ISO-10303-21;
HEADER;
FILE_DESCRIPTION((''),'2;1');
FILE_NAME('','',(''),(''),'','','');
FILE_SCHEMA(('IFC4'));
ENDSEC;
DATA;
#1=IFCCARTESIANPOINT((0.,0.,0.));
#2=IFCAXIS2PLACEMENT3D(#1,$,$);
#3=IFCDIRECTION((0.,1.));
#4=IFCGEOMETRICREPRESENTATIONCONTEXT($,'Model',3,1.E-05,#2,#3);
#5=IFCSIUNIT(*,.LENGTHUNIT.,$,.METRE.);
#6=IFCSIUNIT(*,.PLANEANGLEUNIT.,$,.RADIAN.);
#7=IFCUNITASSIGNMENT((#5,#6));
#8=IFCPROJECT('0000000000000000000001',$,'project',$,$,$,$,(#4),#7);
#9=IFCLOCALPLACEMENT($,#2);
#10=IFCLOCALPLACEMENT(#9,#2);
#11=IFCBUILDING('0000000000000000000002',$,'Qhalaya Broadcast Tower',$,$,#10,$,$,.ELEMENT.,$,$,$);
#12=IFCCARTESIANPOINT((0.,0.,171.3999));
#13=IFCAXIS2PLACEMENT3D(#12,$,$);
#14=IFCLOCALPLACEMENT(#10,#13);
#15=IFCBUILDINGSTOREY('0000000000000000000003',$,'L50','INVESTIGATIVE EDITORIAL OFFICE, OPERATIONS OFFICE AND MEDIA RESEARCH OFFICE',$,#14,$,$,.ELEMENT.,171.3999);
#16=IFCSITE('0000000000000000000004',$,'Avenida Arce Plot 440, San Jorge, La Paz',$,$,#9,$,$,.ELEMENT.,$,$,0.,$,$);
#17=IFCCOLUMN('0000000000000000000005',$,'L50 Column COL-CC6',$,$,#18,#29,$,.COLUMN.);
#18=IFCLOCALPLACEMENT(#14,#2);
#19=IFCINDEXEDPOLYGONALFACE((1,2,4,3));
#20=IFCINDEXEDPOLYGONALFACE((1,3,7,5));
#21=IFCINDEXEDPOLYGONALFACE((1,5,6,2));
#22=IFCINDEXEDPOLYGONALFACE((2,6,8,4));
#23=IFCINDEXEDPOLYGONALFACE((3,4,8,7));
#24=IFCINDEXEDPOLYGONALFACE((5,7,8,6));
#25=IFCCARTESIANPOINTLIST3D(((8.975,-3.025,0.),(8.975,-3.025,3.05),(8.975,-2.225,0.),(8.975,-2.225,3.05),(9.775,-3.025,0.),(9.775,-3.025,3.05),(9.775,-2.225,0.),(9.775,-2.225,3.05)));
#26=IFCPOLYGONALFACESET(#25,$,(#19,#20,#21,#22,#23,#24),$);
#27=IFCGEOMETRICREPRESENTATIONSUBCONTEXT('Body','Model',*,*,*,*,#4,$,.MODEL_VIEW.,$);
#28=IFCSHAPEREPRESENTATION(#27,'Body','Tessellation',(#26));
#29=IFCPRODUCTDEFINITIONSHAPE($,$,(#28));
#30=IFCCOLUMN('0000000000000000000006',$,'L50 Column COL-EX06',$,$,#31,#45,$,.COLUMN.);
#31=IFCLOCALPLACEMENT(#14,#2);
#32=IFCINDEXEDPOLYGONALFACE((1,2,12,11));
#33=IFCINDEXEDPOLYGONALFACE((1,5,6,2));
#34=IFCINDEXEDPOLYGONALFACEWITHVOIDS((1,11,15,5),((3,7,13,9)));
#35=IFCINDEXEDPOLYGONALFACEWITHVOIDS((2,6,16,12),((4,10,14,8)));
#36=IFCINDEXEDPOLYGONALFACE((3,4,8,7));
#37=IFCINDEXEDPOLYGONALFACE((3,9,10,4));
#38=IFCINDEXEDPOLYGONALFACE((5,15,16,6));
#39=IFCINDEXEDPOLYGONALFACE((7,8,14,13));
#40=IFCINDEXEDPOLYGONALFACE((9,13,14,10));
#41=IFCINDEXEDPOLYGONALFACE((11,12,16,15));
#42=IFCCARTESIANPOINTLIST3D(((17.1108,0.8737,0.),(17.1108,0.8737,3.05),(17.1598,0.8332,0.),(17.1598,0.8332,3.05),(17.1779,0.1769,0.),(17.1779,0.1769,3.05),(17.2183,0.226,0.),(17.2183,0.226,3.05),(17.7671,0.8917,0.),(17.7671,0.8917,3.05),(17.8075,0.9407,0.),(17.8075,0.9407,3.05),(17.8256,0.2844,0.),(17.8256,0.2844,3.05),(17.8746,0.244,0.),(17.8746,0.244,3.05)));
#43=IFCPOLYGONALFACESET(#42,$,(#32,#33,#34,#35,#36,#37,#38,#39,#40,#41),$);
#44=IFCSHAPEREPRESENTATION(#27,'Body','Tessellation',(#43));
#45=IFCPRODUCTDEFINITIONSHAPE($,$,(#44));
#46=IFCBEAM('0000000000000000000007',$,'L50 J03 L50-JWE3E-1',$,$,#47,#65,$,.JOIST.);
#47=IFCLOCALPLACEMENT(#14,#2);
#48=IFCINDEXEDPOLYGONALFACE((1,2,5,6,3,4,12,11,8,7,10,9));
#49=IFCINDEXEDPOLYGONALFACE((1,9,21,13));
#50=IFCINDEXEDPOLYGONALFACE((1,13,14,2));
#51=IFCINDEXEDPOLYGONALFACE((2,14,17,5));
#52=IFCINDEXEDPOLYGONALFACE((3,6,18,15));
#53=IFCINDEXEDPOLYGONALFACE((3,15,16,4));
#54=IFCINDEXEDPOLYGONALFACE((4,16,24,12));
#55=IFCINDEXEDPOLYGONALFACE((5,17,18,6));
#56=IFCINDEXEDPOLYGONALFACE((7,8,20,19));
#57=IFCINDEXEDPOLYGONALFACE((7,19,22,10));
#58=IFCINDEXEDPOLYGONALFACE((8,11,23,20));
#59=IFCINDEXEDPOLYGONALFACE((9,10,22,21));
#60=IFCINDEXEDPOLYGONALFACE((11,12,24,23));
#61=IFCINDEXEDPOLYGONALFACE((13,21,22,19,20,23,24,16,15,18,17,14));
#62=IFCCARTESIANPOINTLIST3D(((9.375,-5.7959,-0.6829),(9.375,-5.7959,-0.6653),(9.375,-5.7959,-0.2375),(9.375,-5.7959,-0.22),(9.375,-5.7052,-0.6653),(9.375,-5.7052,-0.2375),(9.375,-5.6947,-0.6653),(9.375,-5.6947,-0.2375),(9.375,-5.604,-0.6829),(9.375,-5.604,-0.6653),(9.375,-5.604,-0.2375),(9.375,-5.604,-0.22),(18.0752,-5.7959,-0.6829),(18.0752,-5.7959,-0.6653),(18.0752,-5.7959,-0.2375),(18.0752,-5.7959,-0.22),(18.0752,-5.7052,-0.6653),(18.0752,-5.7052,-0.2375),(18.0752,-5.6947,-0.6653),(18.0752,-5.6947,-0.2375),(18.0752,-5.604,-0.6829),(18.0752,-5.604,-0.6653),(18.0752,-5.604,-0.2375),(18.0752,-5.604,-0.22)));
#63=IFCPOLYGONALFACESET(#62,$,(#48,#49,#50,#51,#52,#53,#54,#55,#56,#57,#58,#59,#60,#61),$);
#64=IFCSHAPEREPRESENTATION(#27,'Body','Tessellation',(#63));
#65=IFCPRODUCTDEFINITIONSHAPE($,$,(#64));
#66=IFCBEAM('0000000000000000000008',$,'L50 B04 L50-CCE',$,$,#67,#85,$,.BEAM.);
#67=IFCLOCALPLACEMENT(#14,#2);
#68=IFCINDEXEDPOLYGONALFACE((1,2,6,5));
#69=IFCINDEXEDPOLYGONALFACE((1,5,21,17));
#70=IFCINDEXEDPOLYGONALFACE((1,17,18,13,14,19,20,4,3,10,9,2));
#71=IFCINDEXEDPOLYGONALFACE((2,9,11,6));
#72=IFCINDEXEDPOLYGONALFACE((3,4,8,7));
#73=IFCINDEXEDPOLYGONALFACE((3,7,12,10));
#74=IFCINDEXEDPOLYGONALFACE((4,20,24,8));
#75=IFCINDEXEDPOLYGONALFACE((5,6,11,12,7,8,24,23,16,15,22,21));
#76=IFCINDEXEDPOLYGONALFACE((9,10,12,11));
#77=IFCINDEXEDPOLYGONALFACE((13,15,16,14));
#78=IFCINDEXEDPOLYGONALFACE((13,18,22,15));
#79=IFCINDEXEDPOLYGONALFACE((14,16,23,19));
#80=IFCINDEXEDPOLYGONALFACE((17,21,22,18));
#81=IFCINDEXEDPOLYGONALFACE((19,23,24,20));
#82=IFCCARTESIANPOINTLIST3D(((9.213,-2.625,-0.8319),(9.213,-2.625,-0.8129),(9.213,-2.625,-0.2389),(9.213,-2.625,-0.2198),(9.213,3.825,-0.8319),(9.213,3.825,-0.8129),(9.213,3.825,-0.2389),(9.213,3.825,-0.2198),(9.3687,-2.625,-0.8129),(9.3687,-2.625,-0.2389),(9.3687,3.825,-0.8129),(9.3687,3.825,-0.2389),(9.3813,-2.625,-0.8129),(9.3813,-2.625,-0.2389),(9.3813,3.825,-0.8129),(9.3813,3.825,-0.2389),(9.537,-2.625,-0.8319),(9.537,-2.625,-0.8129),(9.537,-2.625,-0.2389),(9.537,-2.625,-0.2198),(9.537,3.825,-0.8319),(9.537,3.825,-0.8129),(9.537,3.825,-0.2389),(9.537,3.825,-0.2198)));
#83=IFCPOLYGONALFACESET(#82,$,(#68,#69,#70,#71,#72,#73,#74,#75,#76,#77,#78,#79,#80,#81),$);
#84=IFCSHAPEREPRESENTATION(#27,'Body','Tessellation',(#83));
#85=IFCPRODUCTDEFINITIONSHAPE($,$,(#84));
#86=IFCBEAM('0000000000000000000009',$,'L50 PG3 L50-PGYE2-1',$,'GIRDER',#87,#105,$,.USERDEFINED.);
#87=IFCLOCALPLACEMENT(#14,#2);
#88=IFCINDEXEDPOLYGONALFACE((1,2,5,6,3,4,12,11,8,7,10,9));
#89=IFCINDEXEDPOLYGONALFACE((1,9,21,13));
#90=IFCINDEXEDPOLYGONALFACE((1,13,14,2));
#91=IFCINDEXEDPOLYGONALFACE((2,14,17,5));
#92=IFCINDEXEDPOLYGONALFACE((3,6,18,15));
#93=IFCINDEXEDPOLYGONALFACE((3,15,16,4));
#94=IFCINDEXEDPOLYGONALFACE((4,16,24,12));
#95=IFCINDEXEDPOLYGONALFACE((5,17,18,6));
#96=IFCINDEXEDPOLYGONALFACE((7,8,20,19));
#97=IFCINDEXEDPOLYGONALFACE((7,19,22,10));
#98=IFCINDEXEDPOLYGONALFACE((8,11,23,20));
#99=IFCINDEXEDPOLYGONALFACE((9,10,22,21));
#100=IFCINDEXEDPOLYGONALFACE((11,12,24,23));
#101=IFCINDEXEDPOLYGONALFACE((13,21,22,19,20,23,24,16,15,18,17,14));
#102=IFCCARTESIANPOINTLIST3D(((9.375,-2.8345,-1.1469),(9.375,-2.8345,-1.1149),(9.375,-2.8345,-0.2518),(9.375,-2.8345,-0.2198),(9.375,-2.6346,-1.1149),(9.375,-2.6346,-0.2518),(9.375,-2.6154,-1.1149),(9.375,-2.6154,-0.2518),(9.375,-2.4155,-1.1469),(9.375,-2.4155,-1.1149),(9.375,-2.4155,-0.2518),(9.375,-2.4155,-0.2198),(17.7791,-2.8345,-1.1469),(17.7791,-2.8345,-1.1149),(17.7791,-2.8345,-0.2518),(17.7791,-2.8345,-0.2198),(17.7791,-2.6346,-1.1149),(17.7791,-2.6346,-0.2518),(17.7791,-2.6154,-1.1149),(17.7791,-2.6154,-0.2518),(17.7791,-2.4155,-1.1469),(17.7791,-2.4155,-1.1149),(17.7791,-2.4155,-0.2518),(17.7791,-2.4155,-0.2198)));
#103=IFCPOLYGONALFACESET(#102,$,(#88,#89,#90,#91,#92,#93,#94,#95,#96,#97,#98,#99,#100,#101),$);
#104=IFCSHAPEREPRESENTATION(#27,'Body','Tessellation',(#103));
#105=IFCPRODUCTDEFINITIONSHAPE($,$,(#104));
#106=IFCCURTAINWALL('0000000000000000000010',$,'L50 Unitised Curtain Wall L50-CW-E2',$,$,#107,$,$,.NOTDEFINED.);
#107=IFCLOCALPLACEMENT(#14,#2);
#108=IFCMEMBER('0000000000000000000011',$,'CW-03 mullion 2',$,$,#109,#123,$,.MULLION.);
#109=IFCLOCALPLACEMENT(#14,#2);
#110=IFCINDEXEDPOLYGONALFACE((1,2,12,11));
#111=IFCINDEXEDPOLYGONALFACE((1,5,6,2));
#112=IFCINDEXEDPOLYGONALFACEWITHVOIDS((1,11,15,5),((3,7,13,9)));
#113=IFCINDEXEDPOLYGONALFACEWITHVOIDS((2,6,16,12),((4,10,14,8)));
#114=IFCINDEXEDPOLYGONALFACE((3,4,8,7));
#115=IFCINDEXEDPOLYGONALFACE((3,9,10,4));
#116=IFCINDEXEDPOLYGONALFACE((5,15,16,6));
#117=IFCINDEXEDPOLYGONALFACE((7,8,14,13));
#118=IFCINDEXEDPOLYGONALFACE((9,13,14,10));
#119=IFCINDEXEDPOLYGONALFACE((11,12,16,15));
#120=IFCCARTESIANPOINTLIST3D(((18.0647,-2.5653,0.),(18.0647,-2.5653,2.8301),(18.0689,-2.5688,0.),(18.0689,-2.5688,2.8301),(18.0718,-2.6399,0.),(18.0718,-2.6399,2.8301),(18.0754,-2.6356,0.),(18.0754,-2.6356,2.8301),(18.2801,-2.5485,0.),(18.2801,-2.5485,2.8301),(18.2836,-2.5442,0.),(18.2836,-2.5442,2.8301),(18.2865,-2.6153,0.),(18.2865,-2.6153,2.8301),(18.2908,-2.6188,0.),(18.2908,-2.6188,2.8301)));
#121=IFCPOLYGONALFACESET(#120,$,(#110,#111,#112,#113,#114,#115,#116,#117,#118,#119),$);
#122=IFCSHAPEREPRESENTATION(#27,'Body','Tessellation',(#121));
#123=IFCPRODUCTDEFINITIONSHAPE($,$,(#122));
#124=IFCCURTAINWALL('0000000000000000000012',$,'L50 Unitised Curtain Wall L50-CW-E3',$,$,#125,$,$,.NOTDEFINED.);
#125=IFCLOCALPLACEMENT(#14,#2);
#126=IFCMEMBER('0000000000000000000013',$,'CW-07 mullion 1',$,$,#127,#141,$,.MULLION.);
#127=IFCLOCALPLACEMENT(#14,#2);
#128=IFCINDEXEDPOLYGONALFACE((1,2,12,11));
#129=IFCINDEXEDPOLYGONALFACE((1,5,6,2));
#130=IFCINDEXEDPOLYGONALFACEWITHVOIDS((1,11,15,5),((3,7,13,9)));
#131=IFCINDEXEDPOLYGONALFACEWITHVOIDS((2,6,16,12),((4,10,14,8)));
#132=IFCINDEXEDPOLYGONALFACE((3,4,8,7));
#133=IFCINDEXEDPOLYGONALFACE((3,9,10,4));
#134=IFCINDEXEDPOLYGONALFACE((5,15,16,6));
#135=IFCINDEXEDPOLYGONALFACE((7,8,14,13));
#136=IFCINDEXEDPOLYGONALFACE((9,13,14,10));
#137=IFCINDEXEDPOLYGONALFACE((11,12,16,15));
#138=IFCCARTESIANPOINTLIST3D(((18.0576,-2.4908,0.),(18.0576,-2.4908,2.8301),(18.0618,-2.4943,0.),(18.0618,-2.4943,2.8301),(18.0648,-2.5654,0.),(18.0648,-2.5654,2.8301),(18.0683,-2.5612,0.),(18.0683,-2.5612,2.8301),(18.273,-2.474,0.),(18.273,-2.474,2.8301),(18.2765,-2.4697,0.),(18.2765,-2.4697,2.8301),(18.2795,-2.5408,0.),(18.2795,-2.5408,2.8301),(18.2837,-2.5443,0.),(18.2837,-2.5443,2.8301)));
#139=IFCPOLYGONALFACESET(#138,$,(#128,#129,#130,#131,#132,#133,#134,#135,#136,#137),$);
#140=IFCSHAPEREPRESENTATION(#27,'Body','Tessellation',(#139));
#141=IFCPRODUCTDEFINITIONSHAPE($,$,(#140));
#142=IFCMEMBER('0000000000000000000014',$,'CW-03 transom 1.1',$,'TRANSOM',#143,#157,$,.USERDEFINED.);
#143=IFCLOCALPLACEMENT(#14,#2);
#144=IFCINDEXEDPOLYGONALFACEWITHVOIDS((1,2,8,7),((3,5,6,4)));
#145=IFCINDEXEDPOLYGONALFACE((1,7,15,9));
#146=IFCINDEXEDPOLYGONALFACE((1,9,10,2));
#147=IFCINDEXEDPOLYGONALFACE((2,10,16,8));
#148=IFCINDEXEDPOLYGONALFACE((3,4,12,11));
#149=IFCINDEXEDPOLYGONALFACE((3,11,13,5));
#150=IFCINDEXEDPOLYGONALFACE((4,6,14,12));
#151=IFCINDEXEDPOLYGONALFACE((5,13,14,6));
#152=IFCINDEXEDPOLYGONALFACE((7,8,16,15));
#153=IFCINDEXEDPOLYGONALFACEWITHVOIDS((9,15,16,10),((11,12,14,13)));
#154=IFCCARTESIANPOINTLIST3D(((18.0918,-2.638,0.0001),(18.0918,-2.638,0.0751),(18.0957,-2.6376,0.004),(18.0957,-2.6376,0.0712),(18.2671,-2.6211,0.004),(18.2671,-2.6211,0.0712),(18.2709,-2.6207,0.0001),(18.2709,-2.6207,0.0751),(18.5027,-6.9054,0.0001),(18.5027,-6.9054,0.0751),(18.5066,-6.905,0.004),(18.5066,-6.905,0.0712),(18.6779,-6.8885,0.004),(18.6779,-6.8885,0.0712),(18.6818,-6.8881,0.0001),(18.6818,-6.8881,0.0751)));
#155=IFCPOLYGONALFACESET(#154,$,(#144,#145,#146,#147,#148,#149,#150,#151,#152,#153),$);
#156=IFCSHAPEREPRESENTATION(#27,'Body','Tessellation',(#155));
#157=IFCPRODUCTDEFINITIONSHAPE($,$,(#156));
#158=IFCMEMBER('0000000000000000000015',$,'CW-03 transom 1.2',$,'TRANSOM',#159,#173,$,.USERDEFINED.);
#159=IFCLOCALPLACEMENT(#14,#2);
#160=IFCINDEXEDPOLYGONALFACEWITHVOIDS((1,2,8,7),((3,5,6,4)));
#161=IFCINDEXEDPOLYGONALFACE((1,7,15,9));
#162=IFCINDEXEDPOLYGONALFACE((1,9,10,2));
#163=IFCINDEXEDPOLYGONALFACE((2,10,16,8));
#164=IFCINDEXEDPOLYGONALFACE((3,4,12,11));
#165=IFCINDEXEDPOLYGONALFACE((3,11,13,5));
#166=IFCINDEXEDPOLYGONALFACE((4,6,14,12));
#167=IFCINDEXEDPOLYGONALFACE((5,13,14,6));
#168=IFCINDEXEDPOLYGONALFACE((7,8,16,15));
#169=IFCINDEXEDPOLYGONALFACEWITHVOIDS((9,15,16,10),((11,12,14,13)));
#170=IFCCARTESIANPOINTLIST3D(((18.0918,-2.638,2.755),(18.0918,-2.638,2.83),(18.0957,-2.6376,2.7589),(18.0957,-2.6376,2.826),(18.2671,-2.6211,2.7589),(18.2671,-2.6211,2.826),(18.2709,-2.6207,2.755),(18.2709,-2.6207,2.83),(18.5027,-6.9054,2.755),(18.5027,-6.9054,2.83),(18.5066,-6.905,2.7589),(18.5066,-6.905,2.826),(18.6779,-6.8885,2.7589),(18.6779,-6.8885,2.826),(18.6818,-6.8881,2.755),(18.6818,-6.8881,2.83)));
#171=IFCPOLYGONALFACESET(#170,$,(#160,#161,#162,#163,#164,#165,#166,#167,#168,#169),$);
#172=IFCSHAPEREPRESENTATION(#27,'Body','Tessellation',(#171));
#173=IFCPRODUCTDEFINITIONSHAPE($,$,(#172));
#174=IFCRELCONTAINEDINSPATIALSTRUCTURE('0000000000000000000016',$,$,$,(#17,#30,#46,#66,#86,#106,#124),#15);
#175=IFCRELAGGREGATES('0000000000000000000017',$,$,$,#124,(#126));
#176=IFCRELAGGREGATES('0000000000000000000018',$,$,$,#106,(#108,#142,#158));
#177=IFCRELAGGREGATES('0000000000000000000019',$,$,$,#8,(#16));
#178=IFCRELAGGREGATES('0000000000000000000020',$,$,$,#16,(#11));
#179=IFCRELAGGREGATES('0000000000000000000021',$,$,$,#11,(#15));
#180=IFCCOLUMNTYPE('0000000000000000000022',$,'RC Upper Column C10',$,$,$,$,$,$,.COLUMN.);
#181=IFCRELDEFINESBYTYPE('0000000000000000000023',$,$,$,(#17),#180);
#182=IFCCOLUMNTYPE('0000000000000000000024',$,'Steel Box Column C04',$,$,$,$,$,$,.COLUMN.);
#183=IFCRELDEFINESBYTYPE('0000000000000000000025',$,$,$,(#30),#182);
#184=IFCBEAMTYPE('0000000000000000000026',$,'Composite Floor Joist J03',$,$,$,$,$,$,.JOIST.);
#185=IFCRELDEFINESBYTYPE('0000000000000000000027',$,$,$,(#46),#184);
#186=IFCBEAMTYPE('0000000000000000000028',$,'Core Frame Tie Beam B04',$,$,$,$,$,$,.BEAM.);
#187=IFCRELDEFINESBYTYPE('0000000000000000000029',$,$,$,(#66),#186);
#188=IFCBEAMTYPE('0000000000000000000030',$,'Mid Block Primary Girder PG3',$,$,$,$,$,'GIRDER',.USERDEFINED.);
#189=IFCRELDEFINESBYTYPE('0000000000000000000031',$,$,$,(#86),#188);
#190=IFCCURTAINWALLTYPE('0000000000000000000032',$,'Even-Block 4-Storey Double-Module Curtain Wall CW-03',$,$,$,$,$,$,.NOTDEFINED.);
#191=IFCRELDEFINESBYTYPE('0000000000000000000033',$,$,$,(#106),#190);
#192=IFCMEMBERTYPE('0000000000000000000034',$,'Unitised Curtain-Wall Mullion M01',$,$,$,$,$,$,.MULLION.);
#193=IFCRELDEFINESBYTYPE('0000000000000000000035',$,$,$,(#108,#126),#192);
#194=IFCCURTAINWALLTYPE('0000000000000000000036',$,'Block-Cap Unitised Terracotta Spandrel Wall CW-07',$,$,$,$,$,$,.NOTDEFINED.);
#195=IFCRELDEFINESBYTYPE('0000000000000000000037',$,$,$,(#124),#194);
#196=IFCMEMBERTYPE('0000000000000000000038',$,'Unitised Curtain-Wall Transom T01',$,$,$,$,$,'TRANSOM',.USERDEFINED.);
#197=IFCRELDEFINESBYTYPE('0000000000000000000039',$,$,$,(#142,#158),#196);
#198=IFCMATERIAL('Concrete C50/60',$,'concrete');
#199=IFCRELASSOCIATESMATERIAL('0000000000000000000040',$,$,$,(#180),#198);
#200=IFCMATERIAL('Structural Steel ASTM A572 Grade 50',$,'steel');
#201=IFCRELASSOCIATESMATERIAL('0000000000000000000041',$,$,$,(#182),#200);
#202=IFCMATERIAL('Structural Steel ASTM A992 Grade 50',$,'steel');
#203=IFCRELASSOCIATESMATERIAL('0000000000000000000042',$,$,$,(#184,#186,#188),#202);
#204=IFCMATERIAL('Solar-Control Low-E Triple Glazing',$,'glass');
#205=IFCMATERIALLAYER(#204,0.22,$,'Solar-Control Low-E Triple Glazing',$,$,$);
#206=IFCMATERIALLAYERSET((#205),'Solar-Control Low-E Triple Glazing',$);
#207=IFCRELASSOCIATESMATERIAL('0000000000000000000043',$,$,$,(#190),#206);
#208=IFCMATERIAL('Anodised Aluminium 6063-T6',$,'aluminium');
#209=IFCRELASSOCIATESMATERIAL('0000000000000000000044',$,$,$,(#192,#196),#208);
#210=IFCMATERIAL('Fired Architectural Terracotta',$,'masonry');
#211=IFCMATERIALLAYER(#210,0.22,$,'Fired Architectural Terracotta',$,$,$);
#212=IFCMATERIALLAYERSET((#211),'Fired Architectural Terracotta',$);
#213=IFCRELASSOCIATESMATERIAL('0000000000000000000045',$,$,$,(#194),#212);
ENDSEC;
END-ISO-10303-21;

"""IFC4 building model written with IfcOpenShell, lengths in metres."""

from ifc_helpers import new_model, si_unit, direction, frame, origin, origin_2d, place, context, subcontext, project, spatial, rectangle, hollow_rectangle, i_section, extrude, material, layer, layer_set, material_profile, profile_set, type_object, element, aggregate, save


model = new_model("IFC4")

# Units and contexts
model_context = context("Model", 3, precision=1e-05, world=origin(), true_north=direction((0.0, 1.0)))
body_context = subcontext(model_context, "Body", "Model", "MODEL_VIEW")
ifc_project = project(units=[si_unit("LENGTHUNIT", "METRE"), si_unit("PLANEANGLEUNIT", "RADIAN")], contexts=[model_context])

# Site, building, storey
site_placement = place(None, origin())
site = spatial("IfcSite", under=ifc_project, at=site_placement, Name="Avenida Arce Plot 440, San Jorge, La Paz", CompositionType="ELEMENT", RefElevation=0.0)
building_placement = place(site_placement, origin())
building = spatial("IfcBuilding", under=site, at=building_placement, Name="Qhalaya Broadcast Tower", CompositionType="ELEMENT")
storey_placement = place(building_placement, frame((0.0, 0.0, 171.3999)))
storey = spatial("IfcBuildingStorey", under=building, at=storey_placement, Name="L50", Description="INVESTIGATIVE EDITORIAL OFFICE, OPERATIONS OFFICE AND MEDIA RESEARCH OFFICE", CompositionType="ELEMENT", Elevation=171.3999)

# Columns
ifc_material_1 = material(Name="Concrete C50/60", Category="concrete")
ifc_material_profile_1 = material_profile(ifc_material_1, rectangle(XDim=0.8, YDim=0.8, at=origin_2d()), Name="RC-COL 800x800")
ifc_profile_set_1 = profile_set([ifc_material_profile_1], Name="Concrete C50/60")
column_type_1 = type_object("IfcColumnType", Name="RC Upper Column C10", PredefinedType="COLUMN", material=ifc_profile_set_1)
column_1_placement = place(storey_placement, frame((9.375, -2.625, 0.0), z_axis=(0.0, 0.0, 1.0), x_axis=(1.0, 0.0, 0.0)))
element("IfcColumn", 1, at=column_1_placement, inside=storey, type_object=column_type_1, Name="L50 Column COL-CC6", PredefinedType="COLUMN", context=body_context, shape_type="SweptSolid", body=[
    extrude(rectangle(XDim=0.8, YDim=0.8, at=origin_2d()), origin(), (0.0, 0.0, 1.0), 3.05),
])
ifc_material_2 = material(Name="Structural Steel ASTM A572 Grade 50", Category="steel")
ifc_material_profile_2 = material_profile(ifc_material_2, hollow_rectangle(XDim=0.7, YDim=0.7, WallThickness=0.0449, at=origin_2d()), Name="BOX 700x700x45")
ifc_profile_set_2 = profile_set([ifc_material_profile_2], Name="Structural Steel ASTM A572 Grade 50")
column_type_2 = type_object("IfcColumnType", Name="Steel Box Column C04", PredefinedType="COLUMN", material=ifc_profile_set_2)
column_2_placement = place(storey_placement, frame((17.4927, 0.5588, 0.0), z_axis=(0.0, 0.0, 1.0), x_axis=(-0.095846, 0.995396, 0.0)))
element("IfcColumn", 2, at=column_2_placement, inside=storey, type_object=column_type_2, Name="L50 Column COL-EX06", PredefinedType="COLUMN", context=body_context, shape_type="SweptSolid", body=[
    extrude(hollow_rectangle(XDim=0.7, YDim=0.7, WallThickness=0.0449, at=origin_2d()), origin(), (0.0, 0.0, 1.0), 3.05),
])

# Beams
ifc_material_3 = material(Name="Structural Steel ASTM A992 Grade 50", Category="steel")
ifc_material_profile_3 = material_profile(ifc_material_3, i_section(OverallWidth=0.1919, OverallDepth=0.4629, WebThickness=0.0105, FlangeThickness=0.0176, at=origin_2d()), Name="W18X60")
ifc_profile_set_3 = profile_set([ifc_material_profile_3], Name="Structural Steel ASTM A992 Grade 50")
beam_type_1 = type_object("IfcBeamType", Name="Composite Floor Joist J03", PredefinedType="JOIST", material=ifc_profile_set_3)
beam_1_placement = place(storey_placement, frame((9.375, -5.7, -0.4514), z_axis=(1.0, 0.0, 0.0), x_axis=(0.0, 1.0, 0.0)))
element("IfcBeam", 3, at=beam_1_placement, inside=storey, type_object=beam_type_1, Name="L50 J03 L50-JWE3E-1", PredefinedType="JOIST", context=body_context, shape_type="SweptSolid", body=[
    extrude(i_section(OverallWidth=0.1919, OverallDepth=0.4629, WebThickness=0.0105, FlangeThickness=0.0176, at=origin_2d()), origin(), (0.0, 0.0, 1.0), 8.7002),
])
ifc_material_profile_4 = material_profile(ifc_material_3, i_section(OverallWidth=0.324, OverallDepth=0.6121, WebThickness=0.0127, FlangeThickness=0.019, at=origin_2d()), Name="W24X104")
ifc_profile_set_4 = profile_set([ifc_material_profile_4], Name="Structural Steel ASTM A992 Grade 50")
beam_type_2 = type_object("IfcBeamType", Name="Core Frame Tie Beam B04", PredefinedType="BEAM", material=ifc_profile_set_4)
beam_2_placement = place(storey_placement, frame((9.375, -2.625, -0.5259), z_axis=(0.0, 1.0, 0.0), x_axis=(-1.0, 0.0, 0.0)))
element("IfcBeam", 4, at=beam_2_placement, inside=storey, type_object=beam_type_2, Name="L50 B04 L50-CCE", PredefinedType="BEAM", context=body_context, shape_type="SweptSolid", body=[
    extrude(i_section(OverallWidth=0.324, OverallDepth=0.6121, WebThickness=0.0127, FlangeThickness=0.019, at=origin_2d()), origin(), (0.0, 0.0, 1.0), 6.45),
])
ifc_material_profile_5 = material_profile(ifc_material_3, i_section(OverallWidth=0.4189, OverallDepth=0.927, WebThickness=0.0193, FlangeThickness=0.032, at=origin_2d()), Name="W36X231")
ifc_profile_set_5 = profile_set([ifc_material_profile_5], Name="Structural Steel ASTM A992 Grade 50")
beam_type_3 = type_object("IfcBeamType", Name="Mid Block Primary Girder PG3", ElementType="GIRDER", PredefinedType="USERDEFINED", material=ifc_profile_set_5)
beam_3_placement = place(storey_placement, frame((9.375, -2.625, -0.6833), z_axis=(1.0, 0.0, 0.0), x_axis=(0.0, 1.0, 0.0)))
element("IfcBeam", 5, at=beam_3_placement, inside=storey, type_object=beam_type_3, Name="L50 PG3 L50-PGYE2-1", ObjectType="GIRDER", PredefinedType="USERDEFINED", context=body_context, shape_type="SweptSolid", body=[
    extrude(i_section(OverallWidth=0.4189, OverallDepth=0.927, WebThickness=0.0193, FlangeThickness=0.032, at=origin_2d()), origin(), (0.0, 0.0, 1.0), 8.4041),
])

# Curtain walls, members
ifc_material_4 = material(Name="Solar-Control Low-E Triple Glazing", Category="glass")
ifc_layer_1 = layer(ifc_material_4, 0.22, Name="Solar-Control Low-E Triple Glazing")
ifc_layer_set_1 = layer_set([ifc_layer_1], Name="Solar-Control Low-E Triple Glazing")
curtain_wall_type_1 = type_object("IfcCurtainWallType", Name="Even-Block 4-Storey Double-Module Curtain Wall CW-03", PredefinedType="NOTDEFINED", material=ifc_layer_set_1)
curtain_wall_1_placement = place(storey_placement, origin())
curtain_wall_1 = element("IfcCurtainWall", 6, at=curtain_wall_1_placement, inside=storey, type_object=curtain_wall_type_1, Name="L50 Unitised Curtain Wall L50-CW-E2", PredefinedType="NOTDEFINED")
ifc_material_5 = material(Name="Anodised Aluminium 6063-T6", Category="aluminium")
ifc_material_profile_6 = material_profile(ifc_material_5, hollow_rectangle(XDim=0.075, YDim=0.22, WallThickness=0.0039, at=origin_2d()), Name="ALU-MUL 75x220x4")
ifc_profile_set_6 = profile_set([ifc_material_profile_6], Name="Anodised Aluminium 6063-T6")
member_type_1 = type_object("IfcMemberType", Name="Unitised Curtain-Wall Mullion M01", PredefinedType="MULLION", material=ifc_profile_set_6)
member_1_placement = place(storey_placement, frame((18.1777, -2.592, 0.0), z_axis=(0.0, 0.0, 1.0), x_axis=(-0.09583, 0.995398, 0.0)))
member_1 = element("IfcMember", 7, at=member_1_placement, type_object=member_type_1, Name="CW-03 mullion 2", PredefinedType="MULLION", context=body_context, shape_type="SweptSolid", body=[
    extrude(hollow_rectangle(XDim=0.075, YDim=0.22, WallThickness=0.0039, at=origin_2d()), origin(), (0.0, 0.0, 1.0), 2.8301),
])
ifc_material_6 = material(Name="Fired Architectural Terracotta", Category="masonry")
ifc_layer_2 = layer(ifc_material_6, 0.22, Name="Fired Architectural Terracotta")
ifc_layer_set_2 = layer_set([ifc_layer_2], Name="Fired Architectural Terracotta")
curtain_wall_type_2 = type_object("IfcCurtainWallType", Name="Block-Cap Unitised Terracotta Spandrel Wall CW-07", PredefinedType="NOTDEFINED", material=ifc_layer_set_2)
curtain_wall_2_placement = place(storey_placement, origin())
curtain_wall_2 = element("IfcCurtainWall", 8, at=curtain_wall_2_placement, inside=storey, type_object=curtain_wall_type_2, Name="L50 Unitised Curtain Wall L50-CW-E3", PredefinedType="NOTDEFINED")
member_2_placement = place(storey_placement, frame((18.1707, -2.5176, 0.0), z_axis=(0.0, 0.0, 1.0), x_axis=(-0.095851, 0.995396, 0.0)))
member_2 = element("IfcMember", 9, at=member_2_placement, type_object=member_type_1, Name="CW-07 mullion 1", PredefinedType="MULLION", context=body_context, shape_type="SweptSolid", body=[
    extrude(hollow_rectangle(XDim=0.075, YDim=0.22, WallThickness=0.0039, at=origin_2d()), origin(), (0.0, 0.0, 1.0), 2.8301),
])

# Members
ifc_material_profile_7 = material_profile(ifc_material_5, hollow_rectangle(XDim=0.075, YDim=0.1799, WallThickness=0.0039, at=origin_2d()), Name="ALU-TRN 75x180x4")
ifc_profile_set_7 = profile_set([ifc_material_profile_7], Name="Anodised Aluminium 6063-T6")
member_type_2 = type_object("IfcMemberType", Name="Unitised Curtain-Wall Transom T01", ElementType="TRANSOM", PredefinedType="USERDEFINED", material=ifc_profile_set_7)
member_3_placement = place(storey_placement, frame((18.5923, -6.8967, 0.0376), z_axis=(-0.095844, 0.995396, 0.0), x_axis=(0.0, 0.0, 1.0)))
member_3 = element("IfcMember", 10, at=member_3_placement, type_object=member_type_2, Name="CW-03 transom 1.1", ObjectType="TRANSOM", PredefinedType="USERDEFINED", context=body_context, shape_type="SweptSolid", body=[
    extrude(hollow_rectangle(XDim=0.075, YDim=0.1799, WallThickness=0.0039, at=origin_2d()), origin(), (0.0, 0.0, 1.0), 4.2871),
])
member_4_placement = place(storey_placement, frame((18.5923, -6.8967, 2.7925), z_axis=(-0.095844, 0.995396, 0.0), x_axis=(0.0, 0.0, 1.0)))
member_4 = element("IfcMember", 11, at=member_4_placement, type_object=member_type_2, Name="CW-03 transom 1.2", ObjectType="TRANSOM", PredefinedType="USERDEFINED", context=body_context, shape_type="SweptSolid", body=[
    extrude(hollow_rectangle(XDim=0.075, YDim=0.1799, WallThickness=0.0039, at=origin_2d()), origin(), (0.0, 0.0, 1.0), 4.2871),
])

aggregate(curtain_wall_2, [member_2])
aggregate(curtain_wall_1, [member_1, member_3, member_4])

save(model, "model.ifc")
